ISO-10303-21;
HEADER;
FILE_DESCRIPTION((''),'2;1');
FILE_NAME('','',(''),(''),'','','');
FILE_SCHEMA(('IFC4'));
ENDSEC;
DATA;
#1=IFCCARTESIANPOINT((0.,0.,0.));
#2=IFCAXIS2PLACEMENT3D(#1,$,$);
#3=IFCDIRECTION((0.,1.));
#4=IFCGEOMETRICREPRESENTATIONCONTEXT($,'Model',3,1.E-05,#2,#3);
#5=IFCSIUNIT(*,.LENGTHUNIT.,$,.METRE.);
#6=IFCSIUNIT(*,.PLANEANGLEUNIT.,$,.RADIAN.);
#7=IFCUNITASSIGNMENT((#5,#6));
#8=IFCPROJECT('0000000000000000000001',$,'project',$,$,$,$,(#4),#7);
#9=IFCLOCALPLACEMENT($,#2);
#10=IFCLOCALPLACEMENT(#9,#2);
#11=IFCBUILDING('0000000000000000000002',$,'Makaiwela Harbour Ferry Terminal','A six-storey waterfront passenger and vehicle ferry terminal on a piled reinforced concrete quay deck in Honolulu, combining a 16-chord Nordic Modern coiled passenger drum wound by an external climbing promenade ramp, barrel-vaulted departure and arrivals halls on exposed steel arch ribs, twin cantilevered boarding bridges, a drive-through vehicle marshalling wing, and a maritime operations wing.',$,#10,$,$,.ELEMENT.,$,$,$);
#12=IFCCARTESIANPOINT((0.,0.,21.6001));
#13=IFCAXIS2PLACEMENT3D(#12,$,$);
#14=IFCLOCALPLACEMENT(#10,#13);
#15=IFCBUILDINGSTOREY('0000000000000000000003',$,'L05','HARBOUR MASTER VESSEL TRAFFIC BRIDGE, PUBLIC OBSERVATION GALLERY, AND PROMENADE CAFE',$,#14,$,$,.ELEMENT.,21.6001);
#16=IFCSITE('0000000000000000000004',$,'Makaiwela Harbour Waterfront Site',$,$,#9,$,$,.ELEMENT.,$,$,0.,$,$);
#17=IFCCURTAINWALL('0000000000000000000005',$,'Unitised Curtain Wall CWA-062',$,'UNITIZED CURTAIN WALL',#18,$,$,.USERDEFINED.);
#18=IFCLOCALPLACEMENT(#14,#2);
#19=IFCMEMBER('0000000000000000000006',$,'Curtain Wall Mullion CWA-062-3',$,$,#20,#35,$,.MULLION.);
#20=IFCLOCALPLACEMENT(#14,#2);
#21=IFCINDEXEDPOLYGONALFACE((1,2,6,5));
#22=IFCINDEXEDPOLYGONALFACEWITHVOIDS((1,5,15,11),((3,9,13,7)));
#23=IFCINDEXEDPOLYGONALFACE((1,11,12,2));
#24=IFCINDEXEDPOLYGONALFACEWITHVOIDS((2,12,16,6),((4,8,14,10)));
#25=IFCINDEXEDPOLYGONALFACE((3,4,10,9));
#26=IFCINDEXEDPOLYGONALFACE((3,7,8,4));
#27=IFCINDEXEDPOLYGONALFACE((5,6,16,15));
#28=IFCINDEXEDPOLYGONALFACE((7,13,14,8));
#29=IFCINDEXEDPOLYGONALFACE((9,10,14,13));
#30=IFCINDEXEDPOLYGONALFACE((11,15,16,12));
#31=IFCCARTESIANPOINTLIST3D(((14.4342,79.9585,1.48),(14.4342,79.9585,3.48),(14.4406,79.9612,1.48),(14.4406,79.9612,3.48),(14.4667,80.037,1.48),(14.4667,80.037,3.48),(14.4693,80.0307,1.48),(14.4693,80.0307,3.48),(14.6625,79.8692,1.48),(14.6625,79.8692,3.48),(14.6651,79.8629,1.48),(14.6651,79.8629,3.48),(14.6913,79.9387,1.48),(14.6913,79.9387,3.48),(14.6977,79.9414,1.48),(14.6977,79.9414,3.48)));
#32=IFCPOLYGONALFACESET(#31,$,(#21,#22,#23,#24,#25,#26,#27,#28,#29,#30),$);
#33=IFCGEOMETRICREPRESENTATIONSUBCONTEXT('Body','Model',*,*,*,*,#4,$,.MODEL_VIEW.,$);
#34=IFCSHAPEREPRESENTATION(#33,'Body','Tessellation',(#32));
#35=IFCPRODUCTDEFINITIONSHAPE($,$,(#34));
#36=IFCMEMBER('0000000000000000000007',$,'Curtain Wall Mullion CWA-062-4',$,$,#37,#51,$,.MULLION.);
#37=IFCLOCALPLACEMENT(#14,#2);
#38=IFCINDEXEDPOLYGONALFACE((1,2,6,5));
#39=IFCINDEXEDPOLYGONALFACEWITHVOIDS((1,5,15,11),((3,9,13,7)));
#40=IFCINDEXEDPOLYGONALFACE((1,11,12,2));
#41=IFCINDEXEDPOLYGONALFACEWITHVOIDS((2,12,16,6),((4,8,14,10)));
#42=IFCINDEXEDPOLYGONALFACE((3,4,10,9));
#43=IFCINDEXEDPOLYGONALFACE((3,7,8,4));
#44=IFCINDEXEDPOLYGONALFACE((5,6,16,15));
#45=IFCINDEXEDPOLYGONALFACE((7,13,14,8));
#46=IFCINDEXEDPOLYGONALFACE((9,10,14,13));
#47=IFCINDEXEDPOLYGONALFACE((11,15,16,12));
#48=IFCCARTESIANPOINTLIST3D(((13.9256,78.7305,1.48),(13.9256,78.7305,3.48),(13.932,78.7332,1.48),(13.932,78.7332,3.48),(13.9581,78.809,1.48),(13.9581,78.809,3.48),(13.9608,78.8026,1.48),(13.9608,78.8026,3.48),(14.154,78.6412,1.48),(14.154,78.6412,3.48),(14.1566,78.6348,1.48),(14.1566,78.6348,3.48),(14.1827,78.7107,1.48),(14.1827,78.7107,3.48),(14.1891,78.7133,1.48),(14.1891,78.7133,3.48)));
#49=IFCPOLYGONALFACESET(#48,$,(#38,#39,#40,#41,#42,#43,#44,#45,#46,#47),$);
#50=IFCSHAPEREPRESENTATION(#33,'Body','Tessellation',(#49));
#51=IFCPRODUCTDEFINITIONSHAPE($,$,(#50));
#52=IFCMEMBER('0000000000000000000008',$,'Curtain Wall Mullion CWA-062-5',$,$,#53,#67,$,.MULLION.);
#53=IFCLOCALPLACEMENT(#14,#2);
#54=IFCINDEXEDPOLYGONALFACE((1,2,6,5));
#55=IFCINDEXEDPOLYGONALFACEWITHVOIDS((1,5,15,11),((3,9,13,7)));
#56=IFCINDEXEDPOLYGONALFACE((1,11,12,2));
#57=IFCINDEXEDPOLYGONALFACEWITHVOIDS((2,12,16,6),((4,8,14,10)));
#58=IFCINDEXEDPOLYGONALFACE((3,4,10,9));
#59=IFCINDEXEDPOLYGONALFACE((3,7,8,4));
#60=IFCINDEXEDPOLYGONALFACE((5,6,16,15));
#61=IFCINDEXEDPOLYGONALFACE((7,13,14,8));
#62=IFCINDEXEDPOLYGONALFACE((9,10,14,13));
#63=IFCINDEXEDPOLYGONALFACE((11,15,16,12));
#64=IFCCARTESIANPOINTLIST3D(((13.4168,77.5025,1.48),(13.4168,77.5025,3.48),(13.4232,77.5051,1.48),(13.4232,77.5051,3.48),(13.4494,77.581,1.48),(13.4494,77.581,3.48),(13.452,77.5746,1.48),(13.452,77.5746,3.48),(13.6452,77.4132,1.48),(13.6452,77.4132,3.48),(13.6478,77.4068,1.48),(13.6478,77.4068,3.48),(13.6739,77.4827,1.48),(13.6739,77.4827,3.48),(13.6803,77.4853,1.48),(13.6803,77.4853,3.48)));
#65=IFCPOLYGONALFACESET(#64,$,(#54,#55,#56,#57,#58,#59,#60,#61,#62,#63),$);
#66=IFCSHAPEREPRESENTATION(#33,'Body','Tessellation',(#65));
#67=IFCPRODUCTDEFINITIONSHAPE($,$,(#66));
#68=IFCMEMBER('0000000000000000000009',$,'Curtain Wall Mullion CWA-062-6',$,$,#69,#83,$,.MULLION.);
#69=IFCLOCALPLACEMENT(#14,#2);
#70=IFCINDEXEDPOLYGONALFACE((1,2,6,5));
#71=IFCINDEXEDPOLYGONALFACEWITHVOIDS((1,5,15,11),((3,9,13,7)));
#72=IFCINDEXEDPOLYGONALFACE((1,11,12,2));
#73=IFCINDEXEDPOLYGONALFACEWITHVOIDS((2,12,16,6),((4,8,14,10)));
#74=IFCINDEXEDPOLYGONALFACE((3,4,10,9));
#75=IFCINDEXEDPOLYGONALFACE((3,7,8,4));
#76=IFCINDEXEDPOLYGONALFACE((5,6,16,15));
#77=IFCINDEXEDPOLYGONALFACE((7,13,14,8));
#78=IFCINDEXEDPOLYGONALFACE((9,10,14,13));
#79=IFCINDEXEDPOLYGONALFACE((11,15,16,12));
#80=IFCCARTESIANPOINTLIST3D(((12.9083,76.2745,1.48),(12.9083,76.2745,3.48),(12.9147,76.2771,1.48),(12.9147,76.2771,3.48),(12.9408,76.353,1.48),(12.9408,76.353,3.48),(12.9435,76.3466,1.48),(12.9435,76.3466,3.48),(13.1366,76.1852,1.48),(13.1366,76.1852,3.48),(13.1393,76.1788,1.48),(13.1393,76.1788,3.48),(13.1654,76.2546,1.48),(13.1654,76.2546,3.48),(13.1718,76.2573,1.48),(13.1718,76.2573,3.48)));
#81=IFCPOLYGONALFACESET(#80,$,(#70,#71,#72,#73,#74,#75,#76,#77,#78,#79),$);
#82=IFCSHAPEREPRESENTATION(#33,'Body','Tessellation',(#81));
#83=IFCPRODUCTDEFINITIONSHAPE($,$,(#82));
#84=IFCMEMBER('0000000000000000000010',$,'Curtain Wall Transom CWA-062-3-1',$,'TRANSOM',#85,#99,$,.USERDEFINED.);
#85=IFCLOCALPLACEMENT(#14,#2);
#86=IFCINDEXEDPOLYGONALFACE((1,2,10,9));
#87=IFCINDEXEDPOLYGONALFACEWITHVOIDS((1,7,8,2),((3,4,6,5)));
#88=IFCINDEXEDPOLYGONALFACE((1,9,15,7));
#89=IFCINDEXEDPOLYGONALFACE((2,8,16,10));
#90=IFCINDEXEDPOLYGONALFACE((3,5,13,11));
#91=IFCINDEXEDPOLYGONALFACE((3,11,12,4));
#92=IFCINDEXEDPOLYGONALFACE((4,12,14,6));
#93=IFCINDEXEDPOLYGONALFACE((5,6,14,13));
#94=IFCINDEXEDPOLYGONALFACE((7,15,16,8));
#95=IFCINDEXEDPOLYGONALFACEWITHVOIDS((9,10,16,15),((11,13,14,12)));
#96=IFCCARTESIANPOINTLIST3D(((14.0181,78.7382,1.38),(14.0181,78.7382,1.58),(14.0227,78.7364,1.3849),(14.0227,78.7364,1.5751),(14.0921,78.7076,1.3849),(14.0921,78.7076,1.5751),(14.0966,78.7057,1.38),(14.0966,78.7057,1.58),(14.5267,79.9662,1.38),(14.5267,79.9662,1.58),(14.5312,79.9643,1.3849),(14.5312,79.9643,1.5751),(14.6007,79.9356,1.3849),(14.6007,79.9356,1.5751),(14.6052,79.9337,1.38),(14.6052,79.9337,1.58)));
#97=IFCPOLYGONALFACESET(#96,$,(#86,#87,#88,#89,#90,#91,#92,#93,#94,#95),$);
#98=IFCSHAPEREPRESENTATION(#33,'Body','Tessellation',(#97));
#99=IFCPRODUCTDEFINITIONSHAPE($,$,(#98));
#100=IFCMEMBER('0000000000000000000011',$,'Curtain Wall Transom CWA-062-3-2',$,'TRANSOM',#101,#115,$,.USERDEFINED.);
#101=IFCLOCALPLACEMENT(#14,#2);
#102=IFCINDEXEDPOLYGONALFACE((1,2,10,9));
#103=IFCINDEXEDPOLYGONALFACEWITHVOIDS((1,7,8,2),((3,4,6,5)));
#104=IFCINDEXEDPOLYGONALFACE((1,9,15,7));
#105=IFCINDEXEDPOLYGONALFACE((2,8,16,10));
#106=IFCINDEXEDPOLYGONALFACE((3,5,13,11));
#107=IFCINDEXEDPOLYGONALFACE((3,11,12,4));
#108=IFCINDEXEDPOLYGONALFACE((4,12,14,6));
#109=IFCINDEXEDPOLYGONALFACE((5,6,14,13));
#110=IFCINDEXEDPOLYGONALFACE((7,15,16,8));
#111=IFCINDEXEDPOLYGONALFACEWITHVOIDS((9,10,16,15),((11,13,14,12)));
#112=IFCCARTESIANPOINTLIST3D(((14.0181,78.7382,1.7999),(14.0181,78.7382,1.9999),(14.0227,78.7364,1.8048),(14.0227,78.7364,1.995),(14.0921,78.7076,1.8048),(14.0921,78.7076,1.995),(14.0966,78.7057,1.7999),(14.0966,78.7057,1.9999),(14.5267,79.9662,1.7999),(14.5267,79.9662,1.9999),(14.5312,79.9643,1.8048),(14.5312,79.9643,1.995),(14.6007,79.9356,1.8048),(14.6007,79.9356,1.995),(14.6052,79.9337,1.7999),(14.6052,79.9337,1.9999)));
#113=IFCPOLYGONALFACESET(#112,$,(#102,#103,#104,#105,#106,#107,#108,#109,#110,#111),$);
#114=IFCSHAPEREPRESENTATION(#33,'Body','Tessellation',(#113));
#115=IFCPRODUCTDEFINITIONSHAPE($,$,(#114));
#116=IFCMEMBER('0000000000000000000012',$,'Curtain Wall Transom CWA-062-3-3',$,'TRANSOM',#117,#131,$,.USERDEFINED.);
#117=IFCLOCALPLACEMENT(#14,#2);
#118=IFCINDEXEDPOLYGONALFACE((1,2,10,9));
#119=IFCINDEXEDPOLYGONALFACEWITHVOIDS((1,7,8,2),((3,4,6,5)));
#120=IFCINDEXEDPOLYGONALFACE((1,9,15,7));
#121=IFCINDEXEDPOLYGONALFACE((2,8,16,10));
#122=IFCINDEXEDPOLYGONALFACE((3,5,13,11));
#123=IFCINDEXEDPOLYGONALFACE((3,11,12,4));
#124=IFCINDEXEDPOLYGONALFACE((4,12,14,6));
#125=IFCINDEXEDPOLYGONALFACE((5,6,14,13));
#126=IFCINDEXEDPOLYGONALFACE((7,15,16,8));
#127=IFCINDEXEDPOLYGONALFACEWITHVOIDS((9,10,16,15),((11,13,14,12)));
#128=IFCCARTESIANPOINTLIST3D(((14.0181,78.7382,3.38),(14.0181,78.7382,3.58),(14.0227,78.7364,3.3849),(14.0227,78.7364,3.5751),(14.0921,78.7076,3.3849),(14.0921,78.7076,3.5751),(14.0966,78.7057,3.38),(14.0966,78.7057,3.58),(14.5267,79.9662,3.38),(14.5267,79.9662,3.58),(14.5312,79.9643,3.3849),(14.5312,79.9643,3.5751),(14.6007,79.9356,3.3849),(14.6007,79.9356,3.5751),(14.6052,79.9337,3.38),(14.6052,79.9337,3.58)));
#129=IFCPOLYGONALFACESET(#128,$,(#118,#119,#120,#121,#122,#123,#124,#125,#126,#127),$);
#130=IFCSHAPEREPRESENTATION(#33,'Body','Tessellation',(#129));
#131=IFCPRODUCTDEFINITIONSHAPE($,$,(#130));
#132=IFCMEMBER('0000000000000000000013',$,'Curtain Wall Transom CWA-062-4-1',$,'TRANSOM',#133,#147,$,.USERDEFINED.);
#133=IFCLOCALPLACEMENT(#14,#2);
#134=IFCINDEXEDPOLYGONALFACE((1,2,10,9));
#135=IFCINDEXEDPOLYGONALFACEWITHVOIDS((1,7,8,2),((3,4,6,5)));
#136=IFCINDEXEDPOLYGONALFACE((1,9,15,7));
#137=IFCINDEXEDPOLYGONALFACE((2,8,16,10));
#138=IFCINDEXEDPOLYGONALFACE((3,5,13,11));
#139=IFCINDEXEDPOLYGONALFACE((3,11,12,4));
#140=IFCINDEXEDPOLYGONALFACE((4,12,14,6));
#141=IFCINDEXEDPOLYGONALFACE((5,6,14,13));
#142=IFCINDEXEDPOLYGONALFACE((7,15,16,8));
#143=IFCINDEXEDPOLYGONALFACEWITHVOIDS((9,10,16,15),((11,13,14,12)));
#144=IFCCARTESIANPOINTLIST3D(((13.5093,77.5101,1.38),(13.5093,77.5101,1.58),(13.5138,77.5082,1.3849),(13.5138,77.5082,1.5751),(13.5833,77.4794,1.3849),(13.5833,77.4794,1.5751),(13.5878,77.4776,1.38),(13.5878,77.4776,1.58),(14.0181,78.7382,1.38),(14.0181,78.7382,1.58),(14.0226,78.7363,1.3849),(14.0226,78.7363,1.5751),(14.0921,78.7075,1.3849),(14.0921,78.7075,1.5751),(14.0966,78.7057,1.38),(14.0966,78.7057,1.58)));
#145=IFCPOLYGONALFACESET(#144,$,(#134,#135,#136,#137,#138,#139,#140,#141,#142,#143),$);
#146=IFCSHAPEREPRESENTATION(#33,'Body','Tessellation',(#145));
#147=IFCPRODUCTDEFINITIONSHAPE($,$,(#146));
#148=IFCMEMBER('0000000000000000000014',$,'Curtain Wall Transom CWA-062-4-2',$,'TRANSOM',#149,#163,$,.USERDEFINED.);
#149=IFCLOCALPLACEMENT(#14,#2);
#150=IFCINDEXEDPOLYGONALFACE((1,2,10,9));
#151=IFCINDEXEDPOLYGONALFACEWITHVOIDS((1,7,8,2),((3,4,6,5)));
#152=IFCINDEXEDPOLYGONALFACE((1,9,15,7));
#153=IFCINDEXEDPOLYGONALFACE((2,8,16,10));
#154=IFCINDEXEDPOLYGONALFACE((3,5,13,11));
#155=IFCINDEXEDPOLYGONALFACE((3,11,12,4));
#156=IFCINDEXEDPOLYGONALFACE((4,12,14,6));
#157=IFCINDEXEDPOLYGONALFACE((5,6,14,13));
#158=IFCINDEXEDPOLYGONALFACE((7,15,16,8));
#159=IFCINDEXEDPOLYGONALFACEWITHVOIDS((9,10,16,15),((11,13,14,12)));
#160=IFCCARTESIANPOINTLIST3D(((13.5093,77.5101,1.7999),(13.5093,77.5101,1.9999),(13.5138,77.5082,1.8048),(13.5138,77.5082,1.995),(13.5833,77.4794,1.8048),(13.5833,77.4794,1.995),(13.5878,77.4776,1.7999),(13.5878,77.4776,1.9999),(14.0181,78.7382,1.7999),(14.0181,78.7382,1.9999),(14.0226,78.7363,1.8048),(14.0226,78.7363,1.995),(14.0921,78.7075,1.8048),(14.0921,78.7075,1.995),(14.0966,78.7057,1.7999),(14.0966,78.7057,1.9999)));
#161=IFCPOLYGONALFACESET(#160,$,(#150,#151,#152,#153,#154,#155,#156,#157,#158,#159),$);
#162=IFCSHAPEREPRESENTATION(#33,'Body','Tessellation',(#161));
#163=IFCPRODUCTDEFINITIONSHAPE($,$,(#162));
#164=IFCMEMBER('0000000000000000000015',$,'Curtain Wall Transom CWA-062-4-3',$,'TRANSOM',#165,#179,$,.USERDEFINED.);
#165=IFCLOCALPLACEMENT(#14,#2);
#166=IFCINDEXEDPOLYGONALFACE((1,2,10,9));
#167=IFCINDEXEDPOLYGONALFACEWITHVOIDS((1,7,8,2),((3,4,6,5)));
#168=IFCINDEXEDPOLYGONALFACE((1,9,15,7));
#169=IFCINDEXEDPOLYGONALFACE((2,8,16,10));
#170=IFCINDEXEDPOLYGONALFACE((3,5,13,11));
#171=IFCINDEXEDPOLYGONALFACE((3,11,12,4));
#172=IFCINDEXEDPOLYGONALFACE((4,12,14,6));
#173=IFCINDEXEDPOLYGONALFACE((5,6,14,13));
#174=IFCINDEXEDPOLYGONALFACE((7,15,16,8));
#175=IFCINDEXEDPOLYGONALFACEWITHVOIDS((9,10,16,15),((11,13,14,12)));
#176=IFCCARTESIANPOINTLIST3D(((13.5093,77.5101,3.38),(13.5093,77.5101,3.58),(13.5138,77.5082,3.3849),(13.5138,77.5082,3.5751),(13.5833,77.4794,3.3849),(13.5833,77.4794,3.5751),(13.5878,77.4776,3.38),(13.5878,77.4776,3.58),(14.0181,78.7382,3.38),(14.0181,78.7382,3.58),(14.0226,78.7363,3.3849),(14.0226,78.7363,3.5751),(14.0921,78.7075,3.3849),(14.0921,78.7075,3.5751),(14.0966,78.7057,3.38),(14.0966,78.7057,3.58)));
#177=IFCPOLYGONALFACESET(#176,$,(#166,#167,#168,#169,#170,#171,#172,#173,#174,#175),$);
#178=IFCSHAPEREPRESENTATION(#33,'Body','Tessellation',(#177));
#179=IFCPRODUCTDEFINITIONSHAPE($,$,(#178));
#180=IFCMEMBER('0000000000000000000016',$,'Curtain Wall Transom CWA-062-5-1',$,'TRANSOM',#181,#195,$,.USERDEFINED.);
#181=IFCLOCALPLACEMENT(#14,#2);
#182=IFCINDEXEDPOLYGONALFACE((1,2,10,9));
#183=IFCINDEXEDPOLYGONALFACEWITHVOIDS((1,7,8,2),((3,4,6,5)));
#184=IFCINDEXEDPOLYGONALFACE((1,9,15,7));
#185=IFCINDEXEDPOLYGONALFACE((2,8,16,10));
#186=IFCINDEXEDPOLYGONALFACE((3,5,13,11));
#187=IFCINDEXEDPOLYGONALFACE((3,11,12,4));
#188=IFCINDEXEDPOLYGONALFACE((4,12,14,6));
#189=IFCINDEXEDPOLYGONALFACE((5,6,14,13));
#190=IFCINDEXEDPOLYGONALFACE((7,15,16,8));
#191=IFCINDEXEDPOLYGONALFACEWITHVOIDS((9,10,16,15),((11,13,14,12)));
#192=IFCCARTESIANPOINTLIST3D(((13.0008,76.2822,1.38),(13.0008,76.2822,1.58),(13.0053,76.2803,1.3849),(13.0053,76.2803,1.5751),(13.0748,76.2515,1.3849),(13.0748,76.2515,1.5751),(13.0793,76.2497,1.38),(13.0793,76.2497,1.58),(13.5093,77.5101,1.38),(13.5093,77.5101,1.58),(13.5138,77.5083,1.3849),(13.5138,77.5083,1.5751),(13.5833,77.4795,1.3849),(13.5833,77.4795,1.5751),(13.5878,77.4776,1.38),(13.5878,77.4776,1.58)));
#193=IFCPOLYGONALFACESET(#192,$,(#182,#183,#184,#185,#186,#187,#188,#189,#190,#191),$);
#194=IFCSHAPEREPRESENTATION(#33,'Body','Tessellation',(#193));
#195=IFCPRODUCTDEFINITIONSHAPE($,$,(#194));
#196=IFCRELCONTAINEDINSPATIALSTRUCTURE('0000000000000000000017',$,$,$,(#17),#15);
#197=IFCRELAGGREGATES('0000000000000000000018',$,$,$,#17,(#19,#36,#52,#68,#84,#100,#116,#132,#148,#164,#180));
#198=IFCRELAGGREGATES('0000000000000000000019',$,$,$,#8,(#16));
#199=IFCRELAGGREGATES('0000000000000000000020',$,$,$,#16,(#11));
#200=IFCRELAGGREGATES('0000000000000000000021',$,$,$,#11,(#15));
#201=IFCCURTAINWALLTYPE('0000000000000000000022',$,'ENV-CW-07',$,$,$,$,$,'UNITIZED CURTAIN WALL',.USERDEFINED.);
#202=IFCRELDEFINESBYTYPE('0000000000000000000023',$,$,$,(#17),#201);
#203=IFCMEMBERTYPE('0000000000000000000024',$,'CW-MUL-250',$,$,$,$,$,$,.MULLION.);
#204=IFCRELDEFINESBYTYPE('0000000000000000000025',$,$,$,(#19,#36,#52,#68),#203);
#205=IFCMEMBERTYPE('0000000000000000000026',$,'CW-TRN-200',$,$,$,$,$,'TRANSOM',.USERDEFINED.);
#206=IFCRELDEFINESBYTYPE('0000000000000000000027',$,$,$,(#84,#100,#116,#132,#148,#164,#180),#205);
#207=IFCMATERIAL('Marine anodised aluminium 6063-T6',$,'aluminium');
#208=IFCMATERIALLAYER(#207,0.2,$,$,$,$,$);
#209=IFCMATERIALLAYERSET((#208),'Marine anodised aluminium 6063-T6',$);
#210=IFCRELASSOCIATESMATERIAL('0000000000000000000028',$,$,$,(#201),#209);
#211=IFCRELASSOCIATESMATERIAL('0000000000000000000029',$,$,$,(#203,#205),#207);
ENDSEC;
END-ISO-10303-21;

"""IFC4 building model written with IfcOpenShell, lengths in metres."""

from ifc_helpers import new_model, si_unit, direction, frame, origin, origin_2d, place, context, subcontext, project, spatial, hollow_rectangle, extrude, material, layer, layer_set, material_profile, profile_set, type_object, element, aggregate, save


model = new_model("IFC4")

# Units and contexts
model_context = context("Model", 3, precision=1e-05, world=origin(), true_north=direction((0.0, 1.0)))
body_context = subcontext(model_context, "Body", "Model", "MODEL_VIEW")
ifc_project = project(units=[si_unit("LENGTHUNIT", "METRE"), si_unit("PLANEANGLEUNIT", "RADIAN")], contexts=[model_context])

# Site, building, storey
site_placement = place(None, origin())
site = spatial("IfcSite", under=ifc_project, at=site_placement, Name="Makaiwela Harbour Waterfront Site", CompositionType="ELEMENT", RefElevation=0.0)
building_placement = place(site_placement, origin())
building = spatial("IfcBuilding", under=site, at=building_placement, Name="Makaiwela Harbour Ferry Terminal", Description="A six-storey waterfront passenger and vehicle ferry terminal on a piled reinforced concrete quay deck in Honolulu, combining a 16-chord Nordic Modern coiled passenger drum wound by an external climbing promenade ramp, barrel-vaulted departure and arrivals halls on exposed steel arch ribs, twin cantilevered boarding bridges, a drive-through vehicle marshalling wing, and a maritime operations wing.", CompositionType="ELEMENT")
storey_placement = place(building_placement, frame((0.0, 0.0, 21.6001)))
storey = spatial("IfcBuildingStorey", under=building, at=storey_placement, Name="L05", Description="HARBOUR MASTER VESSEL TRAFFIC BRIDGE, PUBLIC OBSERVATION GALLERY, AND PROMENADE CAFE", CompositionType="ELEMENT", Elevation=21.6001)

# Curtain wall, members
ifc_material_1 = material(Name="Marine anodised aluminium 6063-T6", Category="aluminium")
ifc_layer_1 = layer(ifc_material_1, 0.2)
ifc_layer_set_1 = layer_set([ifc_layer_1], Name="Marine anodised aluminium 6063-T6")
curtain_wall_type = type_object("IfcCurtainWallType", Name="ENV-CW-07", ElementType="UNITIZED CURTAIN WALL", PredefinedType="USERDEFINED", material=ifc_layer_set_1)
curtain_wall_placement = place(storey_placement, origin())
curtain_wall = element("IfcCurtainWall", 1, at=curtain_wall_placement, inside=storey, type_object=curtain_wall_type, Name="Unitised Curtain Wall CWA-062", ObjectType="UNITIZED CURTAIN WALL", PredefinedType="USERDEFINED")
ifc_material_profile_1 = material_profile(ifc_material_1, hollow_rectangle(XDim=0.085, YDim=0.25, WallThickness=0.0049, at=origin_2d()), Name="CWM-250X85")
ifc_profile_set_1 = profile_set([ifc_material_profile_1], Name="Marine anodised aluminium 6063-T6")
member_type_1 = type_object("IfcMemberType", Name="CW-MUL-250", PredefinedType="MULLION", material=ifc_profile_set_1)
member_1_placement = place(storey_placement, frame((14.5659, 79.95, 1.48), z_axis=(0.0, 0.0, 1.0), x_axis=(0.382683, 0.92388, 0.0)))
member_1 = element("IfcMember", 2, at=member_1_placement, type_object=member_type_1, Name="Curtain Wall Mullion CWA-062-3", PredefinedType="MULLION", context=body_context, shape_type="SweptSolid", body=[
    extrude(hollow_rectangle(XDim=0.085, YDim=0.25, WallThickness=0.0049, at=origin_2d()), origin(), (0.0, 0.0, 1.0), 2.0),
])
member_2_placement = place(storey_placement, frame((14.0574, 78.7219, 1.48), z_axis=(0.0, 0.0, 1.0), x_axis=(0.382683, 0.92388, 0.0)))
member_2 = element("IfcMember", 3, at=member_2_placement, type_object=member_type_1, Name="Curtain Wall Mullion CWA-062-4", PredefinedType="MULLION", context=body_context, shape_type="SweptSolid", body=[
    extrude(hollow_rectangle(XDim=0.085, YDim=0.25, WallThickness=0.0049, at=origin_2d()), origin(), (0.0, 0.0, 1.0), 2.0),
])
member_3_placement = place(storey_placement, frame((13.5486, 77.4939, 1.48), z_axis=(0.0, 0.0, 1.0), x_axis=(0.382683, 0.92388, 0.0)))
member_3 = element("IfcMember", 4, at=member_3_placement, type_object=member_type_1, Name="Curtain Wall Mullion CWA-062-5", PredefinedType="MULLION", context=body_context, shape_type="SweptSolid", body=[
    extrude(hollow_rectangle(XDim=0.085, YDim=0.25, WallThickness=0.0049, at=origin_2d()), origin(), (0.0, 0.0, 1.0), 2.0),
])
member_4_placement = place(storey_placement, frame((13.04, 76.2659, 1.48), z_axis=(0.0, 0.0, 1.0), x_axis=(0.382683, 0.92388, 0.0)))
member_4 = element("IfcMember", 5, at=member_4_placement, type_object=member_type_1, Name="Curtain Wall Mullion CWA-062-6", PredefinedType="MULLION", context=body_context, shape_type="SweptSolid", body=[
    extrude(hollow_rectangle(XDim=0.085, YDim=0.25, WallThickness=0.0049, at=origin_2d()), origin(), (0.0, 0.0, 1.0), 2.0),
])
ifc_material_profile_2 = material_profile(ifc_material_1, hollow_rectangle(XDim=0.085, YDim=0.2, WallThickness=0.0049, at=origin_2d()), Name="CWT-200X85")
ifc_profile_set_2 = profile_set([ifc_material_profile_2], Name="Marine anodised aluminium 6063-T6")
member_type_2 = type_object("IfcMemberType", Name="CW-TRN-200", ElementType="TRANSOM", PredefinedType="USERDEFINED", material=ifc_profile_set_2)
member_5_placement = place(storey_placement, frame((14.5659, 79.95, 1.48), z_axis=(-0.382606, -0.923912, 0.0), x_axis=(0.923912, -0.382606, 0.0)))
member_5 = element("IfcMember", 6, at=member_5_placement, type_object=member_type_2, Name="Curtain Wall Transom CWA-062-3-1", ObjectType="TRANSOM", PredefinedType="USERDEFINED", context=body_context, shape_type="SweptSolid", body=[
    extrude(hollow_rectangle(XDim=0.085, YDim=0.2, WallThickness=0.0049, at=origin_2d()), origin(), (0.0, 0.0, 1.0), 1.3291),
])
member_6_placement = place(storey_placement, frame((14.5659, 79.95, 1.8999), z_axis=(-0.382606, -0.923912, 0.0), x_axis=(0.923912, -0.382606, 0.0)))
member_6 = element("IfcMember", 7, at=member_6_placement, type_object=member_type_2, Name="Curtain Wall Transom CWA-062-3-2", ObjectType="TRANSOM", PredefinedType="USERDEFINED", context=body_context, shape_type="SweptSolid", body=[
    extrude(hollow_rectangle(XDim=0.085, YDim=0.2, WallThickness=0.0049, at=origin_2d()), origin(), (0.0, 0.0, 1.0), 1.3291),
])
member_7_placement = place(storey_placement, frame((14.5659, 79.95, 3.48), z_axis=(-0.382606, -0.923912, 0.0), x_axis=(0.923912, -0.382606, 0.0)))
member_7 = element("IfcMember", 8, at=member_7_placement, type_object=member_type_2, Name="Curtain Wall Transom CWA-062-3-3", ObjectType="TRANSOM", PredefinedType="USERDEFINED", context=body_context, shape_type="SweptSolid", body=[
    extrude(hollow_rectangle(XDim=0.085, YDim=0.2, WallThickness=0.0049, at=origin_2d()), origin(), (0.0, 0.0, 1.0), 1.3291),
])
member_8_placement = place(storey_placement, frame((14.0574, 78.7219, 1.48), z_axis=(-0.382763, -0.923847, 0.0), x_axis=(0.923847, -0.382763, 0.0)))
member_8 = element("IfcMember", 9, at=member_8_placement, type_object=member_type_2, Name="Curtain Wall Transom CWA-062-4-1", ObjectType="TRANSOM", PredefinedType="USERDEFINED", context=body_context, shape_type="SweptSolid", body=[
    extrude(hollow_rectangle(XDim=0.085, YDim=0.2, WallThickness=0.0049, at=origin_2d()), origin(), (0.0, 0.0, 1.0), 1.3293),
])
member_9_placement = place(storey_placement, frame((14.0574, 78.7219, 1.8999), z_axis=(-0.382763, -0.923847, 0.0), x_axis=(0.923847, -0.382763, 0.0)))
member_9 = element("IfcMember", 10, at=member_9_placement, type_object=member_type_2, Name="Curtain Wall Transom CWA-062-4-2", ObjectType="TRANSOM", PredefinedType="USERDEFINED", context=body_context, shape_type="SweptSolid", body=[
    extrude(hollow_rectangle(XDim=0.085, YDim=0.2, WallThickness=0.0049, at=origin_2d()), origin(), (0.0, 0.0, 1.0), 1.3293),
])
member_10_placement = place(storey_placement, frame((14.0574, 78.7219, 3.48), z_axis=(-0.382763, -0.923847, 0.0), x_axis=(0.923847, -0.382763, 0.0)))
member_10 = element("IfcMember", 11, at=member_10_placement, type_object=member_type_2, Name="Curtain Wall Transom CWA-062-4-3", ObjectType="TRANSOM", PredefinedType="USERDEFINED", context=body_context, shape_type="SweptSolid", body=[
    extrude(hollow_rectangle(XDim=0.085, YDim=0.2, WallThickness=0.0049, at=origin_2d()), origin(), (0.0, 0.0, 1.0), 1.3293),
])
member_11_placement = place(storey_placement, frame((13.5486, 77.4939, 1.48), z_axis=(-0.382606, -0.923912, 0.0), x_axis=(0.923912, -0.382606, 0.0)))
member_11 = element("IfcMember", 12, at=member_11_placement, type_object=member_type_2, Name="Curtain Wall Transom CWA-062-5-1", ObjectType="TRANSOM", PredefinedType="USERDEFINED", context=body_context, shape_type="SweptSolid", body=[
    extrude(hollow_rectangle(XDim=0.085, YDim=0.2, WallThickness=0.0049, at=origin_2d()), origin(), (0.0, 0.0, 1.0), 1.3291),
])

aggregate(curtain_wall, [member_1, member_2, member_3, member_4, member_5, member_6, member_7, member_8, member_9, member_10, member_11])

save(model, "model.ifc")
